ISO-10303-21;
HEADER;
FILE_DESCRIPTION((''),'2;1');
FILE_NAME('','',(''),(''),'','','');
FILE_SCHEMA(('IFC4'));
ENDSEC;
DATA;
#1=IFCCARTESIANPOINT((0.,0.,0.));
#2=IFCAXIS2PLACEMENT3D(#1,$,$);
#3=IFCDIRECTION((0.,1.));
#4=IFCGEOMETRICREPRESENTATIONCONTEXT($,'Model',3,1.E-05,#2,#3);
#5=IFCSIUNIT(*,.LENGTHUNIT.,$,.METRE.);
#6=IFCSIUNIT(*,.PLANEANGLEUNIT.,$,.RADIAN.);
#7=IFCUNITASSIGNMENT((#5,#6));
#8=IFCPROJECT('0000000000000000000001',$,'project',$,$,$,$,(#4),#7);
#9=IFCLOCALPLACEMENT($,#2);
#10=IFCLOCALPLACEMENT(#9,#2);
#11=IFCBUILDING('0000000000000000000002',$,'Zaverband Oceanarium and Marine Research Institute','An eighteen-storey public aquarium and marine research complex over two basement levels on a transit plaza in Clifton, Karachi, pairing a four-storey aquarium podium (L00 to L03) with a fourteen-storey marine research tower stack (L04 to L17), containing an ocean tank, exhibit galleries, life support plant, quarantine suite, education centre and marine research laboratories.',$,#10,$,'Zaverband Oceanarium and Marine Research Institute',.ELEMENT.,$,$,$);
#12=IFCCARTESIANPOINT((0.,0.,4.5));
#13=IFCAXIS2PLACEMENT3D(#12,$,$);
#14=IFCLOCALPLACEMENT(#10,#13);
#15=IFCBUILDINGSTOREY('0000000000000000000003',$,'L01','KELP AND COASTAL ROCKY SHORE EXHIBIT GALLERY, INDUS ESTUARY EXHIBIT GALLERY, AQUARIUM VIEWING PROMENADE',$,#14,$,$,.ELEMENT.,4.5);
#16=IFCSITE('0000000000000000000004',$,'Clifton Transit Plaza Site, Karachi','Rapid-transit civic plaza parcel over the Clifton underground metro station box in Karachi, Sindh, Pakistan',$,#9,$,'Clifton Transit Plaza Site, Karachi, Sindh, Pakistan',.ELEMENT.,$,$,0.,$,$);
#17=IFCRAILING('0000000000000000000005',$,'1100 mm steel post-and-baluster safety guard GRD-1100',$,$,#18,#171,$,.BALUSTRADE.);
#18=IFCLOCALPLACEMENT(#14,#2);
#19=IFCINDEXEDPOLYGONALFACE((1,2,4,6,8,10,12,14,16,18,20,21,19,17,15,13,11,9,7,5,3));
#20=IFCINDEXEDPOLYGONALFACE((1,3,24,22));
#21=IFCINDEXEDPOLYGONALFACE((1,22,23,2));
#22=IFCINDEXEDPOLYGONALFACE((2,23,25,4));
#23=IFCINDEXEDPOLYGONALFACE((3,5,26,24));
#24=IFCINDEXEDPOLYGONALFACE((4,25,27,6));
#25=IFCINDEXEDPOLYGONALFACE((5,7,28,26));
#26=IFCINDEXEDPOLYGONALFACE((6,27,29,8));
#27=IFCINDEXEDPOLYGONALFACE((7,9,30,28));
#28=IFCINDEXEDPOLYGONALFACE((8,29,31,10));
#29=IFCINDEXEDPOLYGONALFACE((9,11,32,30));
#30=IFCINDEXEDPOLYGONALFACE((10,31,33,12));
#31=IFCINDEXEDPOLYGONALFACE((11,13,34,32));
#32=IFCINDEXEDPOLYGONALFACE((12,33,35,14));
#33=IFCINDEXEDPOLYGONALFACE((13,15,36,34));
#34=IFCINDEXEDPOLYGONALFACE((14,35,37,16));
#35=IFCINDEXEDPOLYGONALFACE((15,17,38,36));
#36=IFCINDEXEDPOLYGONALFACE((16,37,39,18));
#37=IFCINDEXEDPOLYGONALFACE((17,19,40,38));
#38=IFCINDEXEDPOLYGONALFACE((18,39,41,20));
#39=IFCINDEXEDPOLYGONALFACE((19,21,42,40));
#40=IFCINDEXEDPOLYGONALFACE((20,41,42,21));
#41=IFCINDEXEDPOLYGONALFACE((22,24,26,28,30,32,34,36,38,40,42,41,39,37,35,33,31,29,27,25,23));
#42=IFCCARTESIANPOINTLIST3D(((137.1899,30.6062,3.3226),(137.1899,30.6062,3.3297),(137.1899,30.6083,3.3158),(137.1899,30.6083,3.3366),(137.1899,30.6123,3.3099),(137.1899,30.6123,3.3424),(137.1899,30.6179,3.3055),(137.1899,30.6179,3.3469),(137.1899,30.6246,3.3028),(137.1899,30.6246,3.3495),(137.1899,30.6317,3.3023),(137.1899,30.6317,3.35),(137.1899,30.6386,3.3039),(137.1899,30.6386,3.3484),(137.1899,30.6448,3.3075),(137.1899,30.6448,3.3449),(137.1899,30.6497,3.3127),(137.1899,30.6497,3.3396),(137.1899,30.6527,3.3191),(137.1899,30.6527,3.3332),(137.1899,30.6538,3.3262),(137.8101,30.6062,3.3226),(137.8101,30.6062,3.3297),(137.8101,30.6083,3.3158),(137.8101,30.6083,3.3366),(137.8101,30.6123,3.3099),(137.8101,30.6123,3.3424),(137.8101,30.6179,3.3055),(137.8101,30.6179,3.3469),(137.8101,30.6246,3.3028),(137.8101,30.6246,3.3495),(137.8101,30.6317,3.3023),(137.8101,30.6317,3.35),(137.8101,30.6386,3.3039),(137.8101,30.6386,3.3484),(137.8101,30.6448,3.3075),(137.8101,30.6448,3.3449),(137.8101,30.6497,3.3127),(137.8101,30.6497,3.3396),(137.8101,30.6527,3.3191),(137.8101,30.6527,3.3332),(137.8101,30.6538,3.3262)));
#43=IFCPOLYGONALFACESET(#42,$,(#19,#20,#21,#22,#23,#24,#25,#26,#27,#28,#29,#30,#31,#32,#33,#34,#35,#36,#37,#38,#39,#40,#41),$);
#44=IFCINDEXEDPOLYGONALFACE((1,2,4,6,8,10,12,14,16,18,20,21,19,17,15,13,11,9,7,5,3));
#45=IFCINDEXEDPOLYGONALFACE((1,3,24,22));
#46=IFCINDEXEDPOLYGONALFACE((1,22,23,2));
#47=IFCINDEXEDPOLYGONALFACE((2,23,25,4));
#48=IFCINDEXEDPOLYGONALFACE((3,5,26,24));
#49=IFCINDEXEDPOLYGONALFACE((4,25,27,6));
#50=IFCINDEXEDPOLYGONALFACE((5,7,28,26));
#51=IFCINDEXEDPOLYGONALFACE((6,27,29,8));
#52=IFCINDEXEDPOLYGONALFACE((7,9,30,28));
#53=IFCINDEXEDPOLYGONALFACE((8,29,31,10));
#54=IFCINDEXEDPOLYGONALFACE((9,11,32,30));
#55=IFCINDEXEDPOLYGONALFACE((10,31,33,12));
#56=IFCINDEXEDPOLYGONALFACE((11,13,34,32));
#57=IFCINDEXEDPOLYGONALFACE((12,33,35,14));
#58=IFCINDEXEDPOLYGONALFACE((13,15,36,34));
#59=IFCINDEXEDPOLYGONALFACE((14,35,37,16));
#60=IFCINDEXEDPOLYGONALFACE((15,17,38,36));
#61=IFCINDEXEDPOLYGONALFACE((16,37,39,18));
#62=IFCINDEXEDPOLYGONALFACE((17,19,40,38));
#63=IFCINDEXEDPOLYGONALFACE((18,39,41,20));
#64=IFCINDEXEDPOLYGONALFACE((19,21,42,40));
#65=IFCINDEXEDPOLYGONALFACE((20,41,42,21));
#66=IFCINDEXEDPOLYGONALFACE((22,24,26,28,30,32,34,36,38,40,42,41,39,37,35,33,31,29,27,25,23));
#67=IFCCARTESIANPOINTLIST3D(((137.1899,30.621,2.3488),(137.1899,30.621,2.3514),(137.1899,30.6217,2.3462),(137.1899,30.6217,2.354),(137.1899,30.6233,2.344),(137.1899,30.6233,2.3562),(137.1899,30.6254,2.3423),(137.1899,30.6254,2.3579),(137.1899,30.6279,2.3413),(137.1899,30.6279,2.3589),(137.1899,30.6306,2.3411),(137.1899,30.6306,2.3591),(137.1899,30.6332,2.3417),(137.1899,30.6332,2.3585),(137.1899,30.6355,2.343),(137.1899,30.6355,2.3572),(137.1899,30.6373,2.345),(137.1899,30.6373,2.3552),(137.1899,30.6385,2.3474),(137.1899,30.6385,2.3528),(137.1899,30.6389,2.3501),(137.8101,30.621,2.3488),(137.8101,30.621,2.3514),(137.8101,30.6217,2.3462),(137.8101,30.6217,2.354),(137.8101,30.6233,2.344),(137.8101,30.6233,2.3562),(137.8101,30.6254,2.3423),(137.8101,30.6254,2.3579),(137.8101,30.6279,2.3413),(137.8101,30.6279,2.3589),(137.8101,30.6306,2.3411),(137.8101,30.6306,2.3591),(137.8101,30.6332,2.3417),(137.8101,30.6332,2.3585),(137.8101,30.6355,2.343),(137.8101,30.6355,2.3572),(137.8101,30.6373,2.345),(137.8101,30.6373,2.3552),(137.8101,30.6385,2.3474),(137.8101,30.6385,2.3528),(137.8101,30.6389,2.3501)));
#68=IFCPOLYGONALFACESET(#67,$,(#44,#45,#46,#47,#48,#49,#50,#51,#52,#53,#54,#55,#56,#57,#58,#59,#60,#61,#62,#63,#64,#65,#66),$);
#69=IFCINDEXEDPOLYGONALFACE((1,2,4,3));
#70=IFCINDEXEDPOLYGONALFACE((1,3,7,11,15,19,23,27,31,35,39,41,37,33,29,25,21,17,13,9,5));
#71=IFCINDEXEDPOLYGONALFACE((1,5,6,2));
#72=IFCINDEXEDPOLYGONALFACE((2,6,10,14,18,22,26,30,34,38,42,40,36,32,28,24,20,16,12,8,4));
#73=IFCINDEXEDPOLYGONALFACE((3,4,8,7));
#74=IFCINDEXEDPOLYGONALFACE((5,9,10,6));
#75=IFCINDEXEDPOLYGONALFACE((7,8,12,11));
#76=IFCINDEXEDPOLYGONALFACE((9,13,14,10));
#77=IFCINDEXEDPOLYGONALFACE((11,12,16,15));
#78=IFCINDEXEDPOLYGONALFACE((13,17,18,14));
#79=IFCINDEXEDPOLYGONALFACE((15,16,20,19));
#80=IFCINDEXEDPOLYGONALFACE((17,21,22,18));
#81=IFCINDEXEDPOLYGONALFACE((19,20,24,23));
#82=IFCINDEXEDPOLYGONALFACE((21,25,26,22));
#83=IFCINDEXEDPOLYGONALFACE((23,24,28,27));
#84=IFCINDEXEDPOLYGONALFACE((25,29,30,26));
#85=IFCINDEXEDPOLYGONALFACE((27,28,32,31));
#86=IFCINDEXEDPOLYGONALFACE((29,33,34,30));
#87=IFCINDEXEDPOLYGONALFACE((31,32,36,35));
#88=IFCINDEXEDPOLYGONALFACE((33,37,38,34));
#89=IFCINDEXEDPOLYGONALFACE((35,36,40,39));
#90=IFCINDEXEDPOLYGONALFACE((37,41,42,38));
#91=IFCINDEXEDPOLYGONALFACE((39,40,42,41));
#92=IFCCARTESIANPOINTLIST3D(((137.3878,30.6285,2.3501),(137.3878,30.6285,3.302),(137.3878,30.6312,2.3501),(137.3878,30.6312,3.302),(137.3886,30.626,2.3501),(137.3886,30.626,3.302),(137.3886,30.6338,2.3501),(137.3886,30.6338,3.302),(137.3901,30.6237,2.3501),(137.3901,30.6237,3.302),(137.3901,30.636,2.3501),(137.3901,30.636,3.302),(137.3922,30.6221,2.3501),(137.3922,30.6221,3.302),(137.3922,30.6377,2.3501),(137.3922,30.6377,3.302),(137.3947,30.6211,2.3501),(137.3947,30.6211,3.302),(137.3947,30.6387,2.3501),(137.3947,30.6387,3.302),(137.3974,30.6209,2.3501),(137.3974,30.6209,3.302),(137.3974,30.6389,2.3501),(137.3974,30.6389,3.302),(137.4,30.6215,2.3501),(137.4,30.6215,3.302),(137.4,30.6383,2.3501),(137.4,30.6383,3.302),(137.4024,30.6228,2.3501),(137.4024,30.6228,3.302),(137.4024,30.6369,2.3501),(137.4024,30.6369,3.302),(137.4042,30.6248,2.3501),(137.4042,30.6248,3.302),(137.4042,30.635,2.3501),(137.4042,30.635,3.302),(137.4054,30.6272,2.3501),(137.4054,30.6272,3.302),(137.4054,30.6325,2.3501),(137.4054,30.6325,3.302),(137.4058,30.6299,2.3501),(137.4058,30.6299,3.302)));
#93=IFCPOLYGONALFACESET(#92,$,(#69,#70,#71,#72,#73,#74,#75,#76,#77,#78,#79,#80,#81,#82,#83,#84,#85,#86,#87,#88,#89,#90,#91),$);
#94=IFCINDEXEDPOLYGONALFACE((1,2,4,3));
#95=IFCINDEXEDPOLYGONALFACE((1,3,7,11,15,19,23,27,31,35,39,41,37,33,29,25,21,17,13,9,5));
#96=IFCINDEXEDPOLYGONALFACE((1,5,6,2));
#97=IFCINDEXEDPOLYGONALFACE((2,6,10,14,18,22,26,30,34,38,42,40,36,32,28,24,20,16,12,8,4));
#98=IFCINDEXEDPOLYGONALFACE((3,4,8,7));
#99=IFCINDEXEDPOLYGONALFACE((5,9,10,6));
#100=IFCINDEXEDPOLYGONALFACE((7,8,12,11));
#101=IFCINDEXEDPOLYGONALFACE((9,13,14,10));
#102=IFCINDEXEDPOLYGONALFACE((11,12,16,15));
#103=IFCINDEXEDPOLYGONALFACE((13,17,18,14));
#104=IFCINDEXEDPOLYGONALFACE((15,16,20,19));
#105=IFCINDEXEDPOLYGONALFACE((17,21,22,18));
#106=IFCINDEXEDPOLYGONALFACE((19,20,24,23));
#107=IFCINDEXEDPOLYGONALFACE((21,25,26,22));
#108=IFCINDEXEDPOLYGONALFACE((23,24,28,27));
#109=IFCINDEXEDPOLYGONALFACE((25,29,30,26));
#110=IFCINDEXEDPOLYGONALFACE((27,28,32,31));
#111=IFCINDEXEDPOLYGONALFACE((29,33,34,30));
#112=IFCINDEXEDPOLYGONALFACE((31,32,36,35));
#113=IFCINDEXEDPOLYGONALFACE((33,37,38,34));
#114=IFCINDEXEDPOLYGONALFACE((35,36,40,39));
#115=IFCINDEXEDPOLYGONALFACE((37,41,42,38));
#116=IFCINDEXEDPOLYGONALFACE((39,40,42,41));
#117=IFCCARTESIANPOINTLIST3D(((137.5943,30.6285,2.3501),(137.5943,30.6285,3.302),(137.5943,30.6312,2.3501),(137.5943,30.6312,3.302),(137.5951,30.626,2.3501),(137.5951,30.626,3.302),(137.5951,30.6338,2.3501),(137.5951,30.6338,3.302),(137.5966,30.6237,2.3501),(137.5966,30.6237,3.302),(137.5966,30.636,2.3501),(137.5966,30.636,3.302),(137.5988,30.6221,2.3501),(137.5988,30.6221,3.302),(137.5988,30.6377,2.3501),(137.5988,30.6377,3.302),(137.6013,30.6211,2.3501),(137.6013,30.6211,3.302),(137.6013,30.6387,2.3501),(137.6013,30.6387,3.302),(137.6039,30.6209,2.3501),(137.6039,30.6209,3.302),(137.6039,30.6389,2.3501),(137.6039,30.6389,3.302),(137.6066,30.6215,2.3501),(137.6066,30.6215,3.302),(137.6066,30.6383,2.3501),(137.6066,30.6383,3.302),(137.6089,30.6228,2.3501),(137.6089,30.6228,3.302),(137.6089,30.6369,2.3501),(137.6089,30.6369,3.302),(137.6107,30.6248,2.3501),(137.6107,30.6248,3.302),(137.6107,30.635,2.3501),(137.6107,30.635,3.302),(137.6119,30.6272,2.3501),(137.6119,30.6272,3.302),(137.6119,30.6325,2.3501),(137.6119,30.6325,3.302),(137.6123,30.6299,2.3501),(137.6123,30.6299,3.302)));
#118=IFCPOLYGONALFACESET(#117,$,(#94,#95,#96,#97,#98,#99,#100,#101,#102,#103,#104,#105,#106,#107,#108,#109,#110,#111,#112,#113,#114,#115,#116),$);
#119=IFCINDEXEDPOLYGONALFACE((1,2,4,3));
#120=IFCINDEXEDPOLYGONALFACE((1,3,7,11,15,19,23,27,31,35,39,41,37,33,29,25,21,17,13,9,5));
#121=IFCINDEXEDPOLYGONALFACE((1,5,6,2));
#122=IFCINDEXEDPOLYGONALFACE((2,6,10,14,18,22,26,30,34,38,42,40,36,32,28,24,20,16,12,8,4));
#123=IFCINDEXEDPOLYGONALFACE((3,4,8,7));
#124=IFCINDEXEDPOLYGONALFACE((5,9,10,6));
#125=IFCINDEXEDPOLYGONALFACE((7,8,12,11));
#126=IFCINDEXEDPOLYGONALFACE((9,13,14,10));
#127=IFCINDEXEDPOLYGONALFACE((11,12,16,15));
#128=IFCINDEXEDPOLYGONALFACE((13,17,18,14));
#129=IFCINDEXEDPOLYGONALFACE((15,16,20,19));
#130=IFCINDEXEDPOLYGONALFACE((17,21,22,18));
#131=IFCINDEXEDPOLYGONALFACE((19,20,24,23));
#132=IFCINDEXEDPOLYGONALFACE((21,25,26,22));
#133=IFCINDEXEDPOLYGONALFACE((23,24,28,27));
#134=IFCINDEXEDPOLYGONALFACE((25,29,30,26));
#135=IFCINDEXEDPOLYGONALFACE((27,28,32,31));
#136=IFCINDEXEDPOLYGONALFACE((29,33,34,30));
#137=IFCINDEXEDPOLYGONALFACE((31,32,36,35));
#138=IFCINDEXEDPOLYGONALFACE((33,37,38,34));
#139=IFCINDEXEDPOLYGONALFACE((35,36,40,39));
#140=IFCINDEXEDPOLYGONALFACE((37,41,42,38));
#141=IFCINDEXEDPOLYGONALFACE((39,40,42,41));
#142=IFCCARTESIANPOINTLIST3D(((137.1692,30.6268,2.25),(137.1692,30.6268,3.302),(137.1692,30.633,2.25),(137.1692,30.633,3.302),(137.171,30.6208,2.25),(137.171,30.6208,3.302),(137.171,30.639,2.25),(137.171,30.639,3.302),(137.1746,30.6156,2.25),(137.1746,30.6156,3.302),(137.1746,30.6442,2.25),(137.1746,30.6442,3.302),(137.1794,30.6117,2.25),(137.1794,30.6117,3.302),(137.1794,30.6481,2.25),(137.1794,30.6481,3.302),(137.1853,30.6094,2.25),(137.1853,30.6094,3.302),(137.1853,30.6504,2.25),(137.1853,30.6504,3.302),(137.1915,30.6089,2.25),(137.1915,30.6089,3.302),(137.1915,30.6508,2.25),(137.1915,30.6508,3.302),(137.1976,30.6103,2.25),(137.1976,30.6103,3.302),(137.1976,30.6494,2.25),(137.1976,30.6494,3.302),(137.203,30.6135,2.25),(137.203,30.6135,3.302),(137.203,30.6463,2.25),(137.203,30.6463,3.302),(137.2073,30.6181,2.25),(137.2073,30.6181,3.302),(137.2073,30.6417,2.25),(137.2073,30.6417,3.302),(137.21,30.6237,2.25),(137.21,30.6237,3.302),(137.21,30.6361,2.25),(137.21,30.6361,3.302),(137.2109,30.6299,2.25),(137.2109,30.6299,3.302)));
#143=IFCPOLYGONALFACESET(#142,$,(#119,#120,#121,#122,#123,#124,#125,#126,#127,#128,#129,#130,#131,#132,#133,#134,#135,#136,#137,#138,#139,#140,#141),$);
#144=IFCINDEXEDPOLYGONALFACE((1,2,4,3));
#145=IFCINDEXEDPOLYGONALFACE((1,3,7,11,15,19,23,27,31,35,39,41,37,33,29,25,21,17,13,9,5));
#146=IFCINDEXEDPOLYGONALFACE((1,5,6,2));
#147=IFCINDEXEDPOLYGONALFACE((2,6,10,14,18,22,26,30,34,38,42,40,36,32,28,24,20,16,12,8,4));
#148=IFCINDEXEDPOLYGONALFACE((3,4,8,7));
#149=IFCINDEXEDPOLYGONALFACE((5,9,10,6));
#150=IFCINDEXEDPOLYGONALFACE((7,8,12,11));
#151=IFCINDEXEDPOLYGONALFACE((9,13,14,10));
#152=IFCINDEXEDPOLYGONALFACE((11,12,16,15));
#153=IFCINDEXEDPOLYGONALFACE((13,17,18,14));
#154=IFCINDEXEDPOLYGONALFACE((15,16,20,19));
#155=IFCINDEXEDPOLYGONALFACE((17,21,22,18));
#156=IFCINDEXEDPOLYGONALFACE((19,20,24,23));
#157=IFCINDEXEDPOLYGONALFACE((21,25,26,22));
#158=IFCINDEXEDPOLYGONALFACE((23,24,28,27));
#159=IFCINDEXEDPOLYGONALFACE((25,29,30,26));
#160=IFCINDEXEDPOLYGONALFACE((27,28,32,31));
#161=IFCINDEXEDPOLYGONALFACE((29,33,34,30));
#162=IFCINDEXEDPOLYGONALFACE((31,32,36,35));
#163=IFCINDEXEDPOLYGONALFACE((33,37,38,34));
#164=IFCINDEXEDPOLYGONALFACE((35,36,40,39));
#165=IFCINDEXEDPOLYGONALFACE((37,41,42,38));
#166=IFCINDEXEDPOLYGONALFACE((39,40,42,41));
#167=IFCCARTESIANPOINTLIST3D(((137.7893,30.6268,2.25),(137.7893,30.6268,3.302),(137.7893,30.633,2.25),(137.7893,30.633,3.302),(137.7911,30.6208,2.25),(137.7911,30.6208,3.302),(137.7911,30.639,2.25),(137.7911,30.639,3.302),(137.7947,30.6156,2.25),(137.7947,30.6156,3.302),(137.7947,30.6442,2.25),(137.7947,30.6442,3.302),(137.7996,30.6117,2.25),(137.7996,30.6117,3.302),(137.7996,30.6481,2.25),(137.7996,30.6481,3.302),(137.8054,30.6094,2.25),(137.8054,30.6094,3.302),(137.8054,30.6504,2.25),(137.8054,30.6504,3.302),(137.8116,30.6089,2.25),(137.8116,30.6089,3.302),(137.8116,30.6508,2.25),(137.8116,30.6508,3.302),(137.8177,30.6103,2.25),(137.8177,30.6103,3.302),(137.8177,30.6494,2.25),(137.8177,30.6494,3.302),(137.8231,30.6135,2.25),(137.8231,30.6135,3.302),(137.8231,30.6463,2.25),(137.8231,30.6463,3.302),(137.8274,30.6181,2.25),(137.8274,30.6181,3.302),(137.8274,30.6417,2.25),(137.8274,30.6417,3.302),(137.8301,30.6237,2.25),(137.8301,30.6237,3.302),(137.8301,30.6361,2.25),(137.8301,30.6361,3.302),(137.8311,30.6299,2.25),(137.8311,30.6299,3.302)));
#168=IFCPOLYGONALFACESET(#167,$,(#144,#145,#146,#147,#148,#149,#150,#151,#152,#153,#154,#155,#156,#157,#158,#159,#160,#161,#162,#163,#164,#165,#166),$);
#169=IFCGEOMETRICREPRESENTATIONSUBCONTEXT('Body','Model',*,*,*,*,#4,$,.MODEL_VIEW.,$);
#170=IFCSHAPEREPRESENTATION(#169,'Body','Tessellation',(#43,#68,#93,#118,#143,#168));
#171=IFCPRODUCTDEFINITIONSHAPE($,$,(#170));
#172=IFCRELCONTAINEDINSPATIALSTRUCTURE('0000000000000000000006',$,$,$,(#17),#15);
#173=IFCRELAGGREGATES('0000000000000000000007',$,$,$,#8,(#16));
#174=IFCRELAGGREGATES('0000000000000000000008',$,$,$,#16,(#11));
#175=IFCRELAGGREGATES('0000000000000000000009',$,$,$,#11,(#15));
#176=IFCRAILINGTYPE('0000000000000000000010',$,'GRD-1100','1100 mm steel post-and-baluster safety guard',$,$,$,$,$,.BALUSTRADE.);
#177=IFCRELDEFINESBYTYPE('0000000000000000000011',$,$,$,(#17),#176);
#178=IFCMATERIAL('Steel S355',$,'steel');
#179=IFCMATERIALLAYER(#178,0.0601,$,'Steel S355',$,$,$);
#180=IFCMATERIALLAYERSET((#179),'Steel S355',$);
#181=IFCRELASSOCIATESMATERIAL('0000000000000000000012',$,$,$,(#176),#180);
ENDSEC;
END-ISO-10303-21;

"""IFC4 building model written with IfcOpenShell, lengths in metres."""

from ifc_helpers import new_model, si_unit, direction, frame, origin, origin_2d, place, context, subcontext, project, spatial, circle, extrude, material, layer, layer_set, type_object, element, save


model = new_model("IFC4")

# Units and contexts
model_context = context("Model", 3, precision=1e-05, world=origin(), true_north=direction((0.0, 1.0)))
body_context = subcontext(model_context, "Body", "Model", "MODEL_VIEW")
ifc_project = project(units=[si_unit("LENGTHUNIT", "METRE"), si_unit("PLANEANGLEUNIT", "RADIAN")], contexts=[model_context])

# Site, building, storey
site_placement = place(None, origin())
site = spatial("IfcSite", under=ifc_project, at=site_placement, Name="Clifton Transit Plaza Site, Karachi", Description="Rapid-transit civic plaza parcel over the Clifton underground metro station box in Karachi, Sindh, Pakistan", LongName="Clifton Transit Plaza Site, Karachi, Sindh, Pakistan", CompositionType="ELEMENT", RefElevation=0.0)
building_placement = place(site_placement, origin())
building = spatial("IfcBuilding", under=site, at=building_placement, Name="Zaverband Oceanarium and Marine Research Institute", Description="An eighteen-storey public aquarium and marine research complex over two basement levels on a transit plaza in Clifton, Karachi, pairing a four-storey aquarium podium (L00 to L03) with a fourteen-storey marine research tower stack (L04 to L17), containing an ocean tank, exhibit galleries, life support plant, quarantine suite, education centre and marine research laboratories.", LongName="Zaverband Oceanarium and Marine Research Institute", CompositionType="ELEMENT")
storey_placement = place(building_placement, frame((0.0, 0.0, 4.5)))
storey = spatial("IfcBuildingStorey", under=building, at=storey_placement, Name="L01", Description="KELP AND COASTAL ROCKY SHORE EXHIBIT GALLERY, INDUS ESTUARY EXHIBIT GALLERY, AQUARIUM VIEWING PROMENADE", CompositionType="ELEMENT", Elevation=4.5)

# Shared definitions
ifc_material_1 = material(Name="Steel S355", Category="steel")

# Railing
ifc_layer_1 = layer(ifc_material_1, 0.0601, Name="Steel S355")
ifc_layer_set_1 = layer_set([ifc_layer_1], Name="Steel S355")
railing_type_1 = type_object("IfcRailingType", Name="GRD-1100", Description="1100 mm steel post-and-baluster safety guard", PredefinedType="BALUSTRADE", material=ifc_layer_set_1)
for number, where, name in (
    (1, (137.1899, 30.6299, 2.25), "1100 mm steel post-and-baluster safety guard GRD-1100"),
):
    element("IfcRailing", number, at=place(storey_placement, frame(where)), inside=storey, type_object=railing_type_1, Name=name, PredefinedType="BALUSTRADE", context=body_context, shape_type="SweptSolid", body=[
        extrude(circle(Radius=0.0239, at=origin_2d()), frame((0.0, 0.0, 1.0762), z_axis=(1.0, 0.0, 0.0), x_axis=(0.0, 1.0, 0.0)), (0.0, 0.0, 1.0), 0.6201),
        extrude(circle(Radius=0.009, at=origin_2d()), frame((0.0, 0.0, 0.1001), z_axis=(1.0, 0.0, 0.0), x_axis=(0.0, 1.0, 0.0)), (0.0, 0.0, 1.0), 0.6201),
        extrude(circle(Radius=0.009, at=origin_2d()), frame((0.2068, 0.0, 0.1001)), (0.0, 0.0, 1.0), 0.9519),
        extrude(circle(Radius=0.009, at=origin_2d()), frame((0.4133, 0.0, 0.1001)), (0.0, 0.0, 1.0), 0.9519),
        extrude(circle(Radius=0.021, at=origin_2d()), origin(), (0.0, 0.0, 1.0), 1.052),
        extrude(circle(Radius=0.021, at=origin_2d()), frame((0.6201, 0.0, 0.0)), (0.0, 0.0, 1.0), 1.052),
    ])

save(model, "model.ifc")
